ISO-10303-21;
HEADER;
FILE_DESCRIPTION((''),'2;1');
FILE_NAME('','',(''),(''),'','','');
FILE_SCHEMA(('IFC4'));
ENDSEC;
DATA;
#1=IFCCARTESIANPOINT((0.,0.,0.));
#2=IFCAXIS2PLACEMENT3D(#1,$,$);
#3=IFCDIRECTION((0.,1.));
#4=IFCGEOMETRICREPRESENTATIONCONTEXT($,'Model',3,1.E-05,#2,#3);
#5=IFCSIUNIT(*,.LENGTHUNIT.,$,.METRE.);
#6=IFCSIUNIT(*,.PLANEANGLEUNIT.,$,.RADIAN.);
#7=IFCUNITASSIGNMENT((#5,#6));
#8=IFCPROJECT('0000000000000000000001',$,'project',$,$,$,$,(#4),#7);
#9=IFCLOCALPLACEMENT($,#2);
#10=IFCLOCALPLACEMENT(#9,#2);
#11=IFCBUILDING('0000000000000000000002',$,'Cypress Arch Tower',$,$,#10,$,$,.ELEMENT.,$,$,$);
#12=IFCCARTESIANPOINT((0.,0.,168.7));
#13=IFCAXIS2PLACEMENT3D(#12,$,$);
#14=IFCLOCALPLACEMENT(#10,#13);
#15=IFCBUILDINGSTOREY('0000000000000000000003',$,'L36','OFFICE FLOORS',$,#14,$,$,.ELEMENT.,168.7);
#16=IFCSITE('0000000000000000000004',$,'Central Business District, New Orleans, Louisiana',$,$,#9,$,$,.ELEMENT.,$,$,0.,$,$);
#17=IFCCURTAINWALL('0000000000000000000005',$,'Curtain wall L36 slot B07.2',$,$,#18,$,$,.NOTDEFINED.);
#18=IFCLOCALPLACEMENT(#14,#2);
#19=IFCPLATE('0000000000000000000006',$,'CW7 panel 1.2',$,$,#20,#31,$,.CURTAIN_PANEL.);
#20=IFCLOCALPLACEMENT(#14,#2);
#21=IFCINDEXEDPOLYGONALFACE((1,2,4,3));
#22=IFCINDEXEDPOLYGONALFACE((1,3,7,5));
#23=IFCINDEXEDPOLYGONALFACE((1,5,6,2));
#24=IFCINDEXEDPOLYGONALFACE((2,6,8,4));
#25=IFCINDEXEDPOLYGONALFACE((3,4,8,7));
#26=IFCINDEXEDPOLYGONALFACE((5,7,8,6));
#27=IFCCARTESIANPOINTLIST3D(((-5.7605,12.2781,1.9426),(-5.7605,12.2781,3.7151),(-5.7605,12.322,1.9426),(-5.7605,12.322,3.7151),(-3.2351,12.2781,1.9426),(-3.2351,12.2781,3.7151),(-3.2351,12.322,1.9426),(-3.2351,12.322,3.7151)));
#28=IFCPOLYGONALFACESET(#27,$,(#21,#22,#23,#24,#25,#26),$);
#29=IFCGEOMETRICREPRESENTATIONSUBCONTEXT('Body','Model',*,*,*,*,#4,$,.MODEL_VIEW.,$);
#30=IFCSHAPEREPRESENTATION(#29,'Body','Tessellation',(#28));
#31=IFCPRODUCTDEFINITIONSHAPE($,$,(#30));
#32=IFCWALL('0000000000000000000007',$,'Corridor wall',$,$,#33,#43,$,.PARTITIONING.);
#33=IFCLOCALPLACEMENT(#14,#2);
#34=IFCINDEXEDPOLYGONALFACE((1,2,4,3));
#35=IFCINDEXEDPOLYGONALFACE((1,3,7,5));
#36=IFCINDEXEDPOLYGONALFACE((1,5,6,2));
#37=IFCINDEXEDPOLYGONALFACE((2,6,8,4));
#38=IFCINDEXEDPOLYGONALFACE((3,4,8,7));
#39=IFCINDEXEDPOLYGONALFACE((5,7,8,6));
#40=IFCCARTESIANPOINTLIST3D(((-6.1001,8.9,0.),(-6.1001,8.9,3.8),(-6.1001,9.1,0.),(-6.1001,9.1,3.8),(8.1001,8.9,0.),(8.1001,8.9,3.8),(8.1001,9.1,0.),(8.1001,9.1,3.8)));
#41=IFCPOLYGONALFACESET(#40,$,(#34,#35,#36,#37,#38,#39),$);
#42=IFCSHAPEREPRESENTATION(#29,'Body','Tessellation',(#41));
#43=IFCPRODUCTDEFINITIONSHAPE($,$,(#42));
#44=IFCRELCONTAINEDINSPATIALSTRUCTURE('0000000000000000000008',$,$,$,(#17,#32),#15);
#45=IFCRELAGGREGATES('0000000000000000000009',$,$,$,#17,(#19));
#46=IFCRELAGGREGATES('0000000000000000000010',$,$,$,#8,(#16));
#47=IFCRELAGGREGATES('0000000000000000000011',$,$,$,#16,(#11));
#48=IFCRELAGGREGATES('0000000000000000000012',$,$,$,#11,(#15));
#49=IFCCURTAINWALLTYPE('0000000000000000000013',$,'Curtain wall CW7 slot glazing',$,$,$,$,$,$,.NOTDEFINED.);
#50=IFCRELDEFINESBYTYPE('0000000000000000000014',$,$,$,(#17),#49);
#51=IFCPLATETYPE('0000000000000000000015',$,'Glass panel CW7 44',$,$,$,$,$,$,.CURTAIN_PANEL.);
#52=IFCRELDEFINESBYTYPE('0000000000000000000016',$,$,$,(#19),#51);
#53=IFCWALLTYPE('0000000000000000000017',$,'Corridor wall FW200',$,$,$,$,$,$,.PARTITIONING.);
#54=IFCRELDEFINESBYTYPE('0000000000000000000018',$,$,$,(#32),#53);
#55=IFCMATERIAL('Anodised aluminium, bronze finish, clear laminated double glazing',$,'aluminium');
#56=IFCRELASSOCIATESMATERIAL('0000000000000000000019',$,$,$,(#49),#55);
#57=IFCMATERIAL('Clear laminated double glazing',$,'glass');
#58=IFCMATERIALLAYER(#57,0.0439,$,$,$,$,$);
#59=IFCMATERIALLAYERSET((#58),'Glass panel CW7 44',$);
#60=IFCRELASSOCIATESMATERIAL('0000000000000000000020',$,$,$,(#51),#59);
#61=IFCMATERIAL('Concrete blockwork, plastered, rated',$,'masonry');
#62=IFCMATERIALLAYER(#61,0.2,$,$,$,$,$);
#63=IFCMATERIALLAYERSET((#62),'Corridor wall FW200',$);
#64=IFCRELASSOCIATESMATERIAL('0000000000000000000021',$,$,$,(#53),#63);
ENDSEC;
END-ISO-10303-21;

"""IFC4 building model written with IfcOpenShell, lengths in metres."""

from ifc_helpers import new_model, si_unit, direction, frame, frame_2d, origin, origin_2d, place, context, subcontext, project, spatial, rectangle, extrude, material, layer, layer_set, type_object, element, aggregate, save


model = new_model("IFC4")

# Units and contexts
model_context = context("Model", 3, precision=1e-05, world=origin(), true_north=direction((0.0, 1.0)))
body_context = subcontext(model_context, "Body", "Model", "MODEL_VIEW")
ifc_project = project(units=[si_unit("LENGTHUNIT", "METRE"), si_unit("PLANEANGLEUNIT", "RADIAN")], contexts=[model_context])

# Site, building, storey
site_placement = place(None, origin())
site = spatial("IfcSite", under=ifc_project, at=site_placement, Name="Central Business District, New Orleans, Louisiana", CompositionType="ELEMENT", RefElevation=0.0)
building_placement = place(site_placement, origin())
building = spatial("IfcBuilding", under=site, at=building_placement, Name="Cypress Arch Tower", CompositionType="ELEMENT")
storey_placement = place(building_placement, frame((0.0, 0.0, 168.7)))
storey = spatial("IfcBuildingStorey", under=building, at=storey_placement, Name="L36", Description="OFFICE FLOORS", CompositionType="ELEMENT", Elevation=168.7)

# Shared definitions
ifc_material_1 = material(Name="Anodised aluminium, bronze finish, clear laminated double glazing", Category="aluminium")
curtain_wall_type = type_object("IfcCurtainWallType", Name="Curtain wall CW7 slot glazing", PredefinedType="NOTDEFINED", material=ifc_material_1)

# Curtain wall
curtain_wall_1_placement = place(storey_placement, origin())
curtain_wall_1 = element("IfcCurtainWall", 1, at=curtain_wall_1_placement, inside=storey, type_object=curtain_wall_type, Name="Curtain wall L36 slot B07.2", PredefinedType="NOTDEFINED")

# Plate
ifc_material_2 = material(Name="Clear laminated double glazing", Category="glass")
ifc_layer_1 = layer(ifc_material_2, 0.0439)
ifc_layer_set_1 = layer_set([ifc_layer_1], Name="Glass panel CW7 44")
plate_type = type_object("IfcPlateType", Name="Glass panel CW7 44", PredefinedType="CURTAIN_PANEL", material=ifc_layer_set_1)
plate_1_placement = place(storey_placement, frame((-4.4978, 12.3, 1.9426), z_axis=(0.0, 0.0, 1.0), x_axis=(-1.0, 0.0, 0.0)))
plate_1 = element("IfcPlate", 2, at=plate_1_placement, type_object=plate_type, Name="CW7 panel 1.2", PredefinedType="CURTAIN_PANEL", context=body_context, shape_type="SweptSolid", body=[
    extrude(rectangle(XDim=2.5254, YDim=0.0439, at=origin_2d()), origin(), (0.0, 0.0, 1.0), 1.7725),
])
aggregate(curtain_wall_1, [plate_1])

# Shared definitions
ifc_material_3 = material(Name="Concrete blockwork, plastered, rated", Category="masonry")
ifc_layer_2 = layer(ifc_material_3, 0.2)
ifc_layer_set_2 = layer_set([ifc_layer_2], Name="Corridor wall FW200")
wall_type = type_object("IfcWallType", Name="Corridor wall FW200", PredefinedType="PARTITIONING", material=ifc_layer_set_2)

# Wall
wall_1_placement = place(storey_placement, frame((-6.1001, 9.0, 0.0), z_axis=(0.0, 0.0, 1.0), x_axis=(1.0, 0.0, 0.0)))
element("IfcWall", 3, at=wall_1_placement, inside=storey, type_object=wall_type, Name="Corridor wall", PredefinedType="PARTITIONING", context=body_context, shape_type="SweptSolid", body=[
    extrude(rectangle(XDim=14.2002, YDim=0.2, at=frame_2d((7.1001, 0.0))), origin(), (0.0, 0.0, 1.0), 3.8),
])

save(model, "model.ifc")
